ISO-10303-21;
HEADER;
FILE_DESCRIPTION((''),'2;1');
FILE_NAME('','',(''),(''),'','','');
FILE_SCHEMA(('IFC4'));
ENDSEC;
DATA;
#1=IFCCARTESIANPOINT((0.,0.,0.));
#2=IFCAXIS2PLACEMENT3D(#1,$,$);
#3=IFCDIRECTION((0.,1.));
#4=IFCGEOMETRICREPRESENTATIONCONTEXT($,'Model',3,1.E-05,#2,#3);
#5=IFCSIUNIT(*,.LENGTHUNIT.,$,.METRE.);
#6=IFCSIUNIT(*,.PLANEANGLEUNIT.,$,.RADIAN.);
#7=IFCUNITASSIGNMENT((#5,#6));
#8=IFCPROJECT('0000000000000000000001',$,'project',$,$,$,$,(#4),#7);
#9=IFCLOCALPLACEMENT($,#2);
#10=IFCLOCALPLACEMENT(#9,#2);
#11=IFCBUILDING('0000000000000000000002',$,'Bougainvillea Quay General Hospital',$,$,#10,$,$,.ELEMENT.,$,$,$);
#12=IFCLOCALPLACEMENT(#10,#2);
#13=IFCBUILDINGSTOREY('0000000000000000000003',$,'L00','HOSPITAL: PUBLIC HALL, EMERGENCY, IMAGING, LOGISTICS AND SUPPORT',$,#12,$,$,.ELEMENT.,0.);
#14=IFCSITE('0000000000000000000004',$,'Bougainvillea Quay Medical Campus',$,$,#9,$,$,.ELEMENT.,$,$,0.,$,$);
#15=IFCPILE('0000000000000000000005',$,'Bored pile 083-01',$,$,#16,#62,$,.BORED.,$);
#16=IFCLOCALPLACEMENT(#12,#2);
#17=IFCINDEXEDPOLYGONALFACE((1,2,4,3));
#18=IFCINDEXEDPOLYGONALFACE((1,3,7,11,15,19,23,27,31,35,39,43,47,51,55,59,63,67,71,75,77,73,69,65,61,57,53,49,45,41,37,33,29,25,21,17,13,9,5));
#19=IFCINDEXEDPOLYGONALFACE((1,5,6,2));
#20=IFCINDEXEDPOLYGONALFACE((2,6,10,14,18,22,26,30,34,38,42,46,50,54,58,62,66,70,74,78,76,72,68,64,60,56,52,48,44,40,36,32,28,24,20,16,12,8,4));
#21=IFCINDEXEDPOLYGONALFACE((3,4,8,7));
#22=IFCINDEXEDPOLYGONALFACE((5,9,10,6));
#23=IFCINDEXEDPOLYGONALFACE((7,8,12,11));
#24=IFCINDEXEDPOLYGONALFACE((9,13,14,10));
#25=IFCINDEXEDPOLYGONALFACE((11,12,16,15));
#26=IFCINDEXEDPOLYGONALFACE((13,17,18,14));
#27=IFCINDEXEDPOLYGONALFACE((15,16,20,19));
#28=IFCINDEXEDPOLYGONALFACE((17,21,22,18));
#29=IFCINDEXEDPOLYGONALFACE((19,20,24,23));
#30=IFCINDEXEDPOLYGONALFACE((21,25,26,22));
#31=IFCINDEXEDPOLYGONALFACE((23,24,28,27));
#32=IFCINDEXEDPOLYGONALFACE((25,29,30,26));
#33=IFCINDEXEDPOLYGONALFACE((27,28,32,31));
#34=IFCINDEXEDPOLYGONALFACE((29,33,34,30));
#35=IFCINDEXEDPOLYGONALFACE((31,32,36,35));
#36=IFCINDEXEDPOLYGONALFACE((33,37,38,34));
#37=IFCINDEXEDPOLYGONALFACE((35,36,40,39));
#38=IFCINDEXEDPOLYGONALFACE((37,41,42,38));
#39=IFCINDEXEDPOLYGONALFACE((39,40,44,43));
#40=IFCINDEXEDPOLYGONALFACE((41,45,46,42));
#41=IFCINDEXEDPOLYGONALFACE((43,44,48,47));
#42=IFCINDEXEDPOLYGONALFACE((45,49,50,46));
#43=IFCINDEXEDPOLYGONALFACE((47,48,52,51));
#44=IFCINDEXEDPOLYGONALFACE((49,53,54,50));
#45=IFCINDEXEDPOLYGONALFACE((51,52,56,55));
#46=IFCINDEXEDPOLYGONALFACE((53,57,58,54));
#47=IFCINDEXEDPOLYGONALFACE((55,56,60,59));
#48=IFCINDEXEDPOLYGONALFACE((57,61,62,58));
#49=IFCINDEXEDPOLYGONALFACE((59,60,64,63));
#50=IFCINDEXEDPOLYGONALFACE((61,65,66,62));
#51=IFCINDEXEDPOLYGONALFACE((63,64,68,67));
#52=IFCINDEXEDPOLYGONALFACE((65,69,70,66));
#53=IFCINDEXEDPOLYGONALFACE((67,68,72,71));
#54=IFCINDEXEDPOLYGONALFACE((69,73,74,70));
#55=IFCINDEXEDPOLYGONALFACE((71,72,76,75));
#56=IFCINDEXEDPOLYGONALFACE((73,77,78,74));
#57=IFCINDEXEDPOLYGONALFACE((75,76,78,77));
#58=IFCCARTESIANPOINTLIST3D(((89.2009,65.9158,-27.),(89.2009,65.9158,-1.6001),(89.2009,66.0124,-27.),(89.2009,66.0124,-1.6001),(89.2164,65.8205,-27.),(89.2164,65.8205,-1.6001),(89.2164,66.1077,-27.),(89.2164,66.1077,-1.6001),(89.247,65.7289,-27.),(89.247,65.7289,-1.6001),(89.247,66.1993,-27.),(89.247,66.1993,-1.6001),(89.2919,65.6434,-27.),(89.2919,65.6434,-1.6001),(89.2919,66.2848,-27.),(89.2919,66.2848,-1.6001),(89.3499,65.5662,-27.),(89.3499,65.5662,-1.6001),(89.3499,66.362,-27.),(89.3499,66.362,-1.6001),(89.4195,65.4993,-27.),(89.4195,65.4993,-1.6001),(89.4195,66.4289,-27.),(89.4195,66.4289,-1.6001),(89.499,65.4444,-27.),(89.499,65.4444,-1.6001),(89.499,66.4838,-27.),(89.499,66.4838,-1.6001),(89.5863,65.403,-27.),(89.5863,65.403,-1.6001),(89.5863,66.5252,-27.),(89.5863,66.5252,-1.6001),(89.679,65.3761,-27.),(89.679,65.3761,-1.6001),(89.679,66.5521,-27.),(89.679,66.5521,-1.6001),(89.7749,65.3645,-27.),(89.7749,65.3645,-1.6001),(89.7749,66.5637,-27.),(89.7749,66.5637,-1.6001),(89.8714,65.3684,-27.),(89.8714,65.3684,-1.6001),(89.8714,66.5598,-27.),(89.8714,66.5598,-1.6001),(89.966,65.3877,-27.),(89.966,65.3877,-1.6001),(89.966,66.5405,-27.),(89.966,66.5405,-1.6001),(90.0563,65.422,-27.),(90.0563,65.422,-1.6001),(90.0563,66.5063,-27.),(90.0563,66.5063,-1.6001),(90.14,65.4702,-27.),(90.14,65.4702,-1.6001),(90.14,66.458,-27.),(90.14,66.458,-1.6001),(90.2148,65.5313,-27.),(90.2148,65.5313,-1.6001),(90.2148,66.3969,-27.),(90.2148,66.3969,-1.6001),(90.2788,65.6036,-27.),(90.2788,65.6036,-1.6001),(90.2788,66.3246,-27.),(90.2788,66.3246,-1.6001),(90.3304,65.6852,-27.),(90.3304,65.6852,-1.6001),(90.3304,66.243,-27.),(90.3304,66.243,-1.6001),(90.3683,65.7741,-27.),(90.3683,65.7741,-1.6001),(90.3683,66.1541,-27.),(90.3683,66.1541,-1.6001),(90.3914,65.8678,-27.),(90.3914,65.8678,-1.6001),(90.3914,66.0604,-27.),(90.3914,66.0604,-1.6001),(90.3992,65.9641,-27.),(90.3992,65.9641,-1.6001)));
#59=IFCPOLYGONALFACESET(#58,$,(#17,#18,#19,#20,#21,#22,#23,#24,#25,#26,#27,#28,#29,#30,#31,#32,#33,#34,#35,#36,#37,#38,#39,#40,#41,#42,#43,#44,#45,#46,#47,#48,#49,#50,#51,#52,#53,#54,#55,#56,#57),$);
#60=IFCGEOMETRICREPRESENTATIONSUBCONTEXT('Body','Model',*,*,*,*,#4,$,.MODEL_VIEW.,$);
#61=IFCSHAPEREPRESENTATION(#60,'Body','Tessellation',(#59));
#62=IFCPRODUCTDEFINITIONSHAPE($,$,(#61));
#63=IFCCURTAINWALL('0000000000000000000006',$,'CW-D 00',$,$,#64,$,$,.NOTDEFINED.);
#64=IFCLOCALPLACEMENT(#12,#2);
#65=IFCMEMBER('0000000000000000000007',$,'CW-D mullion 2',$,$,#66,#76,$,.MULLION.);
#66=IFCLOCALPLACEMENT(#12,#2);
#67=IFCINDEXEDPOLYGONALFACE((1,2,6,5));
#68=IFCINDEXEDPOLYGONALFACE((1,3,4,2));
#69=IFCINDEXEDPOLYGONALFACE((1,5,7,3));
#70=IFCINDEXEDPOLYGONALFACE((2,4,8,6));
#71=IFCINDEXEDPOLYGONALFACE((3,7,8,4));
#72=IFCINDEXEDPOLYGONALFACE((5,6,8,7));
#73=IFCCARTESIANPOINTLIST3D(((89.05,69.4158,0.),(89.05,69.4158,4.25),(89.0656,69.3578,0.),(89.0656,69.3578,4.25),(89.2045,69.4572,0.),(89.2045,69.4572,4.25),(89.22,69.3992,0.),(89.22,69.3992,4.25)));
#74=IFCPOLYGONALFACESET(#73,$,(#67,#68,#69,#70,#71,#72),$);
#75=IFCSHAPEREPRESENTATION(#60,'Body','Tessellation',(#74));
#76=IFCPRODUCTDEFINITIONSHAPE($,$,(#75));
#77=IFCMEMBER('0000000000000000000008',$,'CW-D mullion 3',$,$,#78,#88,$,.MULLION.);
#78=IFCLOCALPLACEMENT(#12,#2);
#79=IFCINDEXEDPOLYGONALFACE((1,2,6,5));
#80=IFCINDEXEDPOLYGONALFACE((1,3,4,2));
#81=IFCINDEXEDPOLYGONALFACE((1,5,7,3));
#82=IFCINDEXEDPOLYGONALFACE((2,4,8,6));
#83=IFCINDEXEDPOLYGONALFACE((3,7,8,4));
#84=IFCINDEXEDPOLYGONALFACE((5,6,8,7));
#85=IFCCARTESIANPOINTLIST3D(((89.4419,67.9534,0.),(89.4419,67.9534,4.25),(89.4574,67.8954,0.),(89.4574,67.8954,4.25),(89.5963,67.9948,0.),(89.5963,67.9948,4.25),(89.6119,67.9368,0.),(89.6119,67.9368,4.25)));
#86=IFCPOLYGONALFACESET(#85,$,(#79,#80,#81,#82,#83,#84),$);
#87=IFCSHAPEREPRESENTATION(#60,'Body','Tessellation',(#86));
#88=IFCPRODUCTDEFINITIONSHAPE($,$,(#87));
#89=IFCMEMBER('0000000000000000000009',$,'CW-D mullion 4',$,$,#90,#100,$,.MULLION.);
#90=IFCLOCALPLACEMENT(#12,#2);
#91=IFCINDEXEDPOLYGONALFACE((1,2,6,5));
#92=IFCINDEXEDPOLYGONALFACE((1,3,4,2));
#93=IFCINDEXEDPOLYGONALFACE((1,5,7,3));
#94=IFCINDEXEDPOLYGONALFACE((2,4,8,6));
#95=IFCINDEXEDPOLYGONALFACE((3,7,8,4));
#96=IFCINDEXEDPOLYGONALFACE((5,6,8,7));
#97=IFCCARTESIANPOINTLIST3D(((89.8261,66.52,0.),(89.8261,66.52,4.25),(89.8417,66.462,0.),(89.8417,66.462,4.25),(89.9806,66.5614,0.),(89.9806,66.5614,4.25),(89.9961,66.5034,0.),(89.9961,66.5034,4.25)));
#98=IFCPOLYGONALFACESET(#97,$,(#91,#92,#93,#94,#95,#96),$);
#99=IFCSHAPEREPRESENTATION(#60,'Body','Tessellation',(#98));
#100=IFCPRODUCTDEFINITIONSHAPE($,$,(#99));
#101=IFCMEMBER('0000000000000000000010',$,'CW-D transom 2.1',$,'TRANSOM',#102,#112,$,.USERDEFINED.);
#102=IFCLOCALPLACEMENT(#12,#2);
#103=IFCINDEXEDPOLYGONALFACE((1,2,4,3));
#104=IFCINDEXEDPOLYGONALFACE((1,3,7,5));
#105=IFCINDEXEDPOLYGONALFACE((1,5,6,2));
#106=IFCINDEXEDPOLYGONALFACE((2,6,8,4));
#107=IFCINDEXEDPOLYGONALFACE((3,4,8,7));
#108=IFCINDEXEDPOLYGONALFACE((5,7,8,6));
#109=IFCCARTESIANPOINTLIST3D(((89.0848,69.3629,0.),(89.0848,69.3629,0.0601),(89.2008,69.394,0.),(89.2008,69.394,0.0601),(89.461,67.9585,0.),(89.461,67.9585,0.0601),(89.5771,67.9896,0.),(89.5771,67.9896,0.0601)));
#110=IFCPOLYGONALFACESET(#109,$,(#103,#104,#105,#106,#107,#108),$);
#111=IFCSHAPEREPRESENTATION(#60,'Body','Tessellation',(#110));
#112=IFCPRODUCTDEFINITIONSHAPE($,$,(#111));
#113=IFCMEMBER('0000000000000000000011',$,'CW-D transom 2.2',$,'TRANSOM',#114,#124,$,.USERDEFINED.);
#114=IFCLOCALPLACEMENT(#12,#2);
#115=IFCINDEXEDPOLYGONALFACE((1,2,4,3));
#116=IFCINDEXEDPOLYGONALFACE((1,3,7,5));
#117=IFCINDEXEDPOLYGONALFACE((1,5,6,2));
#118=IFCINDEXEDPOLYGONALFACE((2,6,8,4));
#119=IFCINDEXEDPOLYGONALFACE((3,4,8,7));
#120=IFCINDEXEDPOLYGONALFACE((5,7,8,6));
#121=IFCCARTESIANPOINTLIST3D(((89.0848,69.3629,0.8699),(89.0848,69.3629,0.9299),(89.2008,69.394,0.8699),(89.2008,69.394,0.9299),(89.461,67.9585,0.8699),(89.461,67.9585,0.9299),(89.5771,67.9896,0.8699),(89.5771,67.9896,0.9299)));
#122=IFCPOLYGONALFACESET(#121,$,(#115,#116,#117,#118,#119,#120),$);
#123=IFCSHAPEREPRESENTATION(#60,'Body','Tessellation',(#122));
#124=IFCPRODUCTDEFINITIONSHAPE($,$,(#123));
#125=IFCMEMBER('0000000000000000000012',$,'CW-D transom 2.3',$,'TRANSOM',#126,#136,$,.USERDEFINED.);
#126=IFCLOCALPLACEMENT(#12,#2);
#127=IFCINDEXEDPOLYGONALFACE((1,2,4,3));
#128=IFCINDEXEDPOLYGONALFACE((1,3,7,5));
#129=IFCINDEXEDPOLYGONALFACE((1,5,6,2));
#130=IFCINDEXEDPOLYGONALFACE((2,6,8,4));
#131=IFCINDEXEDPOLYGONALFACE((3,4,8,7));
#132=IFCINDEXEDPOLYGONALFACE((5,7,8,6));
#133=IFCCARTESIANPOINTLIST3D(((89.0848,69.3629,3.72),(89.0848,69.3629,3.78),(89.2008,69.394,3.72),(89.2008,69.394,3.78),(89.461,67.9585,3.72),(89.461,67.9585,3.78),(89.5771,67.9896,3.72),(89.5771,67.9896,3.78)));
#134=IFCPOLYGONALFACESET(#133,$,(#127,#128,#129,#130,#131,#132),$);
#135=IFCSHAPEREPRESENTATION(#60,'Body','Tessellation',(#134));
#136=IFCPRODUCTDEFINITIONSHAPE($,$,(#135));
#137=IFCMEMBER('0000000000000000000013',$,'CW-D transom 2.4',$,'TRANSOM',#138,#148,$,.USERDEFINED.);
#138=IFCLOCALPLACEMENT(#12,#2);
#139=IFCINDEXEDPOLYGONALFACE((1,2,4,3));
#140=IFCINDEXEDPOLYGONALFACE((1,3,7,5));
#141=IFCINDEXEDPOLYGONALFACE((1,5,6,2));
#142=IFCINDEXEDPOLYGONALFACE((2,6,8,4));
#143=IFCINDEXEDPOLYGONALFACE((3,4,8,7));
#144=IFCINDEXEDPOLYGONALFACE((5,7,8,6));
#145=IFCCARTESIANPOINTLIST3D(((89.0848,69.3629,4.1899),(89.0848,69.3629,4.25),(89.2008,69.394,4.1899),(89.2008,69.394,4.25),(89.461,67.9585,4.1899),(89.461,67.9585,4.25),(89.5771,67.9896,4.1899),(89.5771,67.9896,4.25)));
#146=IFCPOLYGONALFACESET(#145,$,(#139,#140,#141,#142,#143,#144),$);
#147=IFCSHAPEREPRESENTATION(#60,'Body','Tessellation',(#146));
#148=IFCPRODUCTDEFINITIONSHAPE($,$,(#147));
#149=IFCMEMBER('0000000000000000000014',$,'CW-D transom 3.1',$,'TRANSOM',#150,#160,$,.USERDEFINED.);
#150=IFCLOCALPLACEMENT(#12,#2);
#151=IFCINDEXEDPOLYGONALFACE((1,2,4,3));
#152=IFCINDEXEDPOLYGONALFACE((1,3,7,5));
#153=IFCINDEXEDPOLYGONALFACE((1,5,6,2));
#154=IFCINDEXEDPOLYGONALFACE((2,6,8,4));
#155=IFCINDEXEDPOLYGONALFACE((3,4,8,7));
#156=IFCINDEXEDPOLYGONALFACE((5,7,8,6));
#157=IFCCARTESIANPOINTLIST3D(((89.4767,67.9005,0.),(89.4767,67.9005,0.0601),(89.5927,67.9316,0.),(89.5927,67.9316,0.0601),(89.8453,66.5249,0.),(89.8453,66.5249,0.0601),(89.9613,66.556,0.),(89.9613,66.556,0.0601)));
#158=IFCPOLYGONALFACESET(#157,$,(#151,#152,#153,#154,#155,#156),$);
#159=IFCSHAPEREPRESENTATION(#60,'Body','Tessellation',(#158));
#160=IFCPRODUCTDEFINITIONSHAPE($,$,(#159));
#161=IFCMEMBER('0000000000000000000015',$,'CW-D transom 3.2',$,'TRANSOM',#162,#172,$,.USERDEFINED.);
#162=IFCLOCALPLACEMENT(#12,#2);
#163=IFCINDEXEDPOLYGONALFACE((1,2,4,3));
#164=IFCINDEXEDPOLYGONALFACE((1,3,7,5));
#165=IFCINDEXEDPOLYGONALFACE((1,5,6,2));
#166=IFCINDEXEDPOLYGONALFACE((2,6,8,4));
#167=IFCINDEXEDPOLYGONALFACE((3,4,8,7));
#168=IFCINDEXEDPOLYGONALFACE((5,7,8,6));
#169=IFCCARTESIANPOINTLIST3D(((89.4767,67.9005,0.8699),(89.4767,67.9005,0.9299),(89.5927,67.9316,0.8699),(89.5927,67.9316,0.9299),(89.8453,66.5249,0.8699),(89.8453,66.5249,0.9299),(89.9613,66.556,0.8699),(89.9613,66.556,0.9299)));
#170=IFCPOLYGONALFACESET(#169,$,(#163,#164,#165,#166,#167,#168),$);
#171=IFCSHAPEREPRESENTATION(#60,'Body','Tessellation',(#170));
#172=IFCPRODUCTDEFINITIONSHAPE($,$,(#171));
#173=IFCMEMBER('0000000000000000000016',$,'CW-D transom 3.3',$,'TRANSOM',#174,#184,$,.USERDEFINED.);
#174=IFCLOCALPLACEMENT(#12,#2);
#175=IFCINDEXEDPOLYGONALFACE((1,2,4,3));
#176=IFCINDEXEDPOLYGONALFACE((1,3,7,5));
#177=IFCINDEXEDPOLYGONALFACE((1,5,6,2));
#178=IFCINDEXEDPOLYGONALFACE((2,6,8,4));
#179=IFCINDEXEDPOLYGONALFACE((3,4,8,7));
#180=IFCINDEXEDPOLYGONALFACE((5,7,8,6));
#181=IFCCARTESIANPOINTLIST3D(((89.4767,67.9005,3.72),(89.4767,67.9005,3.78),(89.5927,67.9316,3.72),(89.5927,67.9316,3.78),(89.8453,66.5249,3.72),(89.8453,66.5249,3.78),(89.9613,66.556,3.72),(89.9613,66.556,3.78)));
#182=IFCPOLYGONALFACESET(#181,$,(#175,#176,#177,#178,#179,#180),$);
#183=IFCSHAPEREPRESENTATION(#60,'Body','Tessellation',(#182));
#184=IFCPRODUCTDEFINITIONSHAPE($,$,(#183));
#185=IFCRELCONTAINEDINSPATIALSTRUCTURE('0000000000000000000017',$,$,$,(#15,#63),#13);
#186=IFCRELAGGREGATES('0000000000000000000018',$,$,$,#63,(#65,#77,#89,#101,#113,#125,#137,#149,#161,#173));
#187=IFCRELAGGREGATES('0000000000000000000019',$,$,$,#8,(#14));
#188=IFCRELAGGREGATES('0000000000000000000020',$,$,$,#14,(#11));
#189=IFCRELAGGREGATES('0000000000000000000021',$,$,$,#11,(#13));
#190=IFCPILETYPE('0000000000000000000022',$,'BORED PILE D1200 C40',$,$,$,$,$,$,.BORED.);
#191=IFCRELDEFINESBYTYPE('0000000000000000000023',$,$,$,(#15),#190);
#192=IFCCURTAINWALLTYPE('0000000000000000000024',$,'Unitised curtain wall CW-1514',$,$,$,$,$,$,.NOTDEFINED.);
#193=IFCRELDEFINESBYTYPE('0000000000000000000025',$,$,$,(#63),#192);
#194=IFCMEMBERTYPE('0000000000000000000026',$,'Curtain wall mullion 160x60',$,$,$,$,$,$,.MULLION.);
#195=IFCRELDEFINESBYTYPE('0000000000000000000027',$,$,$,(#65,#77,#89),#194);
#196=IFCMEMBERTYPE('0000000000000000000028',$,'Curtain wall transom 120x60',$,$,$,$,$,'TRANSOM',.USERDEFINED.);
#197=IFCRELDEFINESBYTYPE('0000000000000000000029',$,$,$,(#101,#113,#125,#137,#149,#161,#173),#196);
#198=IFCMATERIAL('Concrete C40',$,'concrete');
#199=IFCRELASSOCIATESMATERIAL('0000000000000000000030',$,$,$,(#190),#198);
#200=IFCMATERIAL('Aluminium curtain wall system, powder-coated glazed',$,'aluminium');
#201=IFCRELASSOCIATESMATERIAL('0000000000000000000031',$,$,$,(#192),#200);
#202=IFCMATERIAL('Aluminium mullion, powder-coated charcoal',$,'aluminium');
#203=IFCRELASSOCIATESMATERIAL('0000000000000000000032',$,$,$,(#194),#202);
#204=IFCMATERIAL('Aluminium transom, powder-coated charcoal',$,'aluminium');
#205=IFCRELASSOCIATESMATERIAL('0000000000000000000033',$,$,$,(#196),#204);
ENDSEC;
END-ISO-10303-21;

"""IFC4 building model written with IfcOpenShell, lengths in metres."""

from ifc_helpers import new_model, si_unit, direction, frame, origin, origin_2d, place, context, subcontext, project, spatial, rectangle, circle, extrude, material, material_profile, profile_set, type_object, element, aggregate, save


model = new_model("IFC4")

# Units and contexts
model_context = context("Model", 3, precision=1e-05, world=origin(), true_north=direction((0.0, 1.0)))
body_context = subcontext(model_context, "Body", "Model", "MODEL_VIEW")
ifc_project = project(units=[si_unit("LENGTHUNIT", "METRE"), si_unit("PLANEANGLEUNIT", "RADIAN")], contexts=[model_context])

# Site, building, storey
site_placement = place(None, origin())
site = spatial("IfcSite", under=ifc_project, at=site_placement, Name="Bougainvillea Quay Medical Campus", CompositionType="ELEMENT", RefElevation=0.0)
building_placement = place(site_placement, origin())
building = spatial("IfcBuilding", under=site, at=building_placement, Name="Bougainvillea Quay General Hospital", CompositionType="ELEMENT")
storey_placement = place(building_placement, origin())
storey = spatial("IfcBuildingStorey", under=building, at=storey_placement, Name="L00", Description="HOSPITAL: PUBLIC HALL, EMERGENCY, IMAGING, LOGISTICS AND SUPPORT", CompositionType="ELEMENT", Elevation=0.0)

# Pile
ifc_material_1 = material(Name="Concrete C40", Category="concrete")
ifc_material_profile_1 = material_profile(ifc_material_1, circle(Radius=0.6001, at=origin_2d()))
ifc_profile_set_1 = profile_set([ifc_material_profile_1], Name="Concrete C40")
pile_type = type_object("IfcPileType", Name="BORED PILE D1200 C40", PredefinedType="BORED", material=ifc_profile_set_1)
pile_placement = place(storey_placement, frame((89.7991, 65.9641, -1.6001), z_axis=(0.0, 0.0, -1.0), x_axis=(1.0, 0.0, 0.0)))
element("IfcPile", 1, at=pile_placement, inside=storey, type_object=pile_type, Name="Bored pile 083-01", PredefinedType="BORED", context=body_context, shape_type="SweptSolid", body=[
    extrude(circle(Radius=0.6001, at=origin_2d()), origin(), (0.0, 0.0, 1.0), 25.3999),
])

# Curtain wall, members
ifc_material_2 = material(Name="Aluminium curtain wall system, powder-coated glazed", Category="aluminium")
curtain_wall_type = type_object("IfcCurtainWallType", Name="Unitised curtain wall CW-1514", PredefinedType="NOTDEFINED", material=ifc_material_2)
curtain_wall_placement = place(storey_placement, origin())
curtain_wall = element("IfcCurtainWall", 2, at=curtain_wall_placement, inside=storey, type_object=curtain_wall_type, Name="CW-D 00", PredefinedType="NOTDEFINED")
ifc_material_3 = material(Name="Aluminium mullion, powder-coated charcoal", Category="aluminium")
ifc_material_profile_2 = material_profile(ifc_material_3, rectangle(XDim=0.1599, YDim=0.0601, at=origin_2d()))
ifc_profile_set_2 = profile_set([ifc_material_profile_2], Name="Aluminium mullion, powder-coated charcoal")
member_type_1 = type_object("IfcMemberType", Name="Curtain wall mullion 160x60", PredefinedType="MULLION", material=ifc_profile_set_2)
member_1_placement = place(storey_placement, frame((89.135, 69.4075, 0.0), z_axis=(0.0, 0.0, 1.0), x_axis=(0.965916, 0.258855, 0.0)))
member_1 = element("IfcMember", 3, at=member_1_placement, type_object=member_type_1, Name="CW-D mullion 2", PredefinedType="MULLION", context=body_context, shape_type="SweptSolid", body=[
    extrude(rectangle(XDim=0.1599, YDim=0.0601, at=origin_2d()), origin(), (0.0, 0.0, 1.0), 4.25),
])
member_2_placement = place(storey_placement, frame((89.5269, 67.9451, 0.0), z_axis=(0.0, 0.0, 1.0), x_axis=(0.965916, 0.258855, 0.0)))
member_2 = element("IfcMember", 4, at=member_2_placement, type_object=member_type_1, Name="CW-D mullion 3", PredefinedType="MULLION", context=body_context, shape_type="SweptSolid", body=[
    extrude(rectangle(XDim=0.1599, YDim=0.0601, at=origin_2d()), origin(), (0.0, 0.0, 1.0), 4.25),
])
member_3_placement = place(storey_placement, frame((89.9111, 66.5117, 0.0), z_axis=(0.0, 0.0, 1.0), x_axis=(0.965916, 0.258855, 0.0)))
member_3 = element("IfcMember", 5, at=member_3_placement, type_object=member_type_1, Name="CW-D mullion 4", PredefinedType="MULLION", context=body_context, shape_type="SweptSolid", body=[
    extrude(rectangle(XDim=0.1599, YDim=0.0601, at=origin_2d()), origin(), (0.0, 0.0, 1.0), 4.25),
])
ifc_material_4 = material(Name="Aluminium transom, powder-coated charcoal", Category="aluminium")
ifc_material_profile_3 = material_profile(ifc_material_4, rectangle(XDim=0.1201, YDim=0.0601, at=origin_2d()))
ifc_profile_set_3 = profile_set([ifc_material_profile_3], Name="Aluminium transom, powder-coated charcoal")
member_type_2 = type_object("IfcMemberType", Name="Curtain wall transom 120x60", ElementType="TRANSOM", PredefinedType="USERDEFINED", material=ifc_profile_set_3)
member_4_placement = place(storey_placement, frame((89.1428, 69.3784, 0.03), z_axis=(0.258781, -0.965936, 0.0), x_axis=(0.965936, 0.258781, 0.0)))
member_4 = element("IfcMember", 6, at=member_4_placement, type_object=member_type_2, Name="CW-D transom 2.1", ObjectType="TRANSOM", PredefinedType="USERDEFINED", context=body_context, shape_type="SweptSolid", body=[
    extrude(rectangle(XDim=0.1201, YDim=0.0601, at=origin_2d()), origin(), (0.0, 0.0, 1.0), 1.4539),
])
member_5_placement = place(storey_placement, frame((89.1428, 69.3784, 0.8999), z_axis=(0.258781, -0.965936, 0.0), x_axis=(0.965936, 0.258781, 0.0)))
member_5 = element("IfcMember", 7, at=member_5_placement, type_object=member_type_2, Name="CW-D transom 2.2", ObjectType="TRANSOM", PredefinedType="USERDEFINED", context=body_context, shape_type="SweptSolid", body=[
    extrude(rectangle(XDim=0.1201, YDim=0.0601, at=origin_2d()), origin(), (0.0, 0.0, 1.0), 1.4539),
])
member_6_placement = place(storey_placement, frame((89.1428, 69.3784, 3.75), z_axis=(0.258781, -0.965936, 0.0), x_axis=(0.965936, 0.258781, 0.0)))
member_6 = element("IfcMember", 8, at=member_6_placement, type_object=member_type_2, Name="CW-D transom 2.3", ObjectType="TRANSOM", PredefinedType="USERDEFINED", context=body_context, shape_type="SweptSolid", body=[
    extrude(rectangle(XDim=0.1201, YDim=0.0601, at=origin_2d()), origin(), (0.0, 0.0, 1.0), 1.4539),
])
member_7_placement = place(storey_placement, frame((89.1428, 69.3784, 4.22), z_axis=(0.258781, -0.965936, 0.0), x_axis=(0.965936, 0.258781, 0.0)))
member_7 = element("IfcMember", 9, at=member_7_placement, type_object=member_type_2, Name="CW-D transom 2.4", ObjectType="TRANSOM", PredefinedType="USERDEFINED", context=body_context, shape_type="SweptSolid", body=[
    extrude(rectangle(XDim=0.1201, YDim=0.0601, at=origin_2d()), origin(), (0.0, 0.0, 1.0), 1.4539),
])
member_8_placement = place(storey_placement, frame((89.5347, 67.916, 0.03), z_axis=(0.258879, -0.96591, 0.0), x_axis=(0.96591, 0.258879, 0.0)))
member_8 = element("IfcMember", 10, at=member_8_placement, type_object=member_type_2, Name="CW-D transom 3.1", ObjectType="TRANSOM", PredefinedType="USERDEFINED", context=body_context, shape_type="SweptSolid", body=[
    extrude(rectangle(XDim=0.1201, YDim=0.0601, at=origin_2d()), origin(), (0.0, 0.0, 1.0), 1.4241),
])
member_9_placement = place(storey_placement, frame((89.5347, 67.916, 0.8999), z_axis=(0.258879, -0.96591, 0.0), x_axis=(0.96591, 0.258879, 0.0)))
member_9 = element("IfcMember", 11, at=member_9_placement, type_object=member_type_2, Name="CW-D transom 3.2", ObjectType="TRANSOM", PredefinedType="USERDEFINED", context=body_context, shape_type="SweptSolid", body=[
    extrude(rectangle(XDim=0.1201, YDim=0.0601, at=origin_2d()), origin(), (0.0, 0.0, 1.0), 1.4241),
])
member_10_placement = place(storey_placement, frame((89.5347, 67.916, 3.75), z_axis=(0.258879, -0.96591, 0.0), x_axis=(0.96591, 0.258879, 0.0)))
member_10 = element("IfcMember", 12, at=member_10_placement, type_object=member_type_2, Name="CW-D transom 3.3", ObjectType="TRANSOM", PredefinedType="USERDEFINED", context=body_context, shape_type="SweptSolid", body=[
    extrude(rectangle(XDim=0.1201, YDim=0.0601, at=origin_2d()), origin(), (0.0, 0.0, 1.0), 1.4241),
])
aggregate(curtain_wall, [member_1, member_2, member_3, member_4, member_5, member_6, member_7, member_8, member_9, member_10])

save(model, "model.ifc")
